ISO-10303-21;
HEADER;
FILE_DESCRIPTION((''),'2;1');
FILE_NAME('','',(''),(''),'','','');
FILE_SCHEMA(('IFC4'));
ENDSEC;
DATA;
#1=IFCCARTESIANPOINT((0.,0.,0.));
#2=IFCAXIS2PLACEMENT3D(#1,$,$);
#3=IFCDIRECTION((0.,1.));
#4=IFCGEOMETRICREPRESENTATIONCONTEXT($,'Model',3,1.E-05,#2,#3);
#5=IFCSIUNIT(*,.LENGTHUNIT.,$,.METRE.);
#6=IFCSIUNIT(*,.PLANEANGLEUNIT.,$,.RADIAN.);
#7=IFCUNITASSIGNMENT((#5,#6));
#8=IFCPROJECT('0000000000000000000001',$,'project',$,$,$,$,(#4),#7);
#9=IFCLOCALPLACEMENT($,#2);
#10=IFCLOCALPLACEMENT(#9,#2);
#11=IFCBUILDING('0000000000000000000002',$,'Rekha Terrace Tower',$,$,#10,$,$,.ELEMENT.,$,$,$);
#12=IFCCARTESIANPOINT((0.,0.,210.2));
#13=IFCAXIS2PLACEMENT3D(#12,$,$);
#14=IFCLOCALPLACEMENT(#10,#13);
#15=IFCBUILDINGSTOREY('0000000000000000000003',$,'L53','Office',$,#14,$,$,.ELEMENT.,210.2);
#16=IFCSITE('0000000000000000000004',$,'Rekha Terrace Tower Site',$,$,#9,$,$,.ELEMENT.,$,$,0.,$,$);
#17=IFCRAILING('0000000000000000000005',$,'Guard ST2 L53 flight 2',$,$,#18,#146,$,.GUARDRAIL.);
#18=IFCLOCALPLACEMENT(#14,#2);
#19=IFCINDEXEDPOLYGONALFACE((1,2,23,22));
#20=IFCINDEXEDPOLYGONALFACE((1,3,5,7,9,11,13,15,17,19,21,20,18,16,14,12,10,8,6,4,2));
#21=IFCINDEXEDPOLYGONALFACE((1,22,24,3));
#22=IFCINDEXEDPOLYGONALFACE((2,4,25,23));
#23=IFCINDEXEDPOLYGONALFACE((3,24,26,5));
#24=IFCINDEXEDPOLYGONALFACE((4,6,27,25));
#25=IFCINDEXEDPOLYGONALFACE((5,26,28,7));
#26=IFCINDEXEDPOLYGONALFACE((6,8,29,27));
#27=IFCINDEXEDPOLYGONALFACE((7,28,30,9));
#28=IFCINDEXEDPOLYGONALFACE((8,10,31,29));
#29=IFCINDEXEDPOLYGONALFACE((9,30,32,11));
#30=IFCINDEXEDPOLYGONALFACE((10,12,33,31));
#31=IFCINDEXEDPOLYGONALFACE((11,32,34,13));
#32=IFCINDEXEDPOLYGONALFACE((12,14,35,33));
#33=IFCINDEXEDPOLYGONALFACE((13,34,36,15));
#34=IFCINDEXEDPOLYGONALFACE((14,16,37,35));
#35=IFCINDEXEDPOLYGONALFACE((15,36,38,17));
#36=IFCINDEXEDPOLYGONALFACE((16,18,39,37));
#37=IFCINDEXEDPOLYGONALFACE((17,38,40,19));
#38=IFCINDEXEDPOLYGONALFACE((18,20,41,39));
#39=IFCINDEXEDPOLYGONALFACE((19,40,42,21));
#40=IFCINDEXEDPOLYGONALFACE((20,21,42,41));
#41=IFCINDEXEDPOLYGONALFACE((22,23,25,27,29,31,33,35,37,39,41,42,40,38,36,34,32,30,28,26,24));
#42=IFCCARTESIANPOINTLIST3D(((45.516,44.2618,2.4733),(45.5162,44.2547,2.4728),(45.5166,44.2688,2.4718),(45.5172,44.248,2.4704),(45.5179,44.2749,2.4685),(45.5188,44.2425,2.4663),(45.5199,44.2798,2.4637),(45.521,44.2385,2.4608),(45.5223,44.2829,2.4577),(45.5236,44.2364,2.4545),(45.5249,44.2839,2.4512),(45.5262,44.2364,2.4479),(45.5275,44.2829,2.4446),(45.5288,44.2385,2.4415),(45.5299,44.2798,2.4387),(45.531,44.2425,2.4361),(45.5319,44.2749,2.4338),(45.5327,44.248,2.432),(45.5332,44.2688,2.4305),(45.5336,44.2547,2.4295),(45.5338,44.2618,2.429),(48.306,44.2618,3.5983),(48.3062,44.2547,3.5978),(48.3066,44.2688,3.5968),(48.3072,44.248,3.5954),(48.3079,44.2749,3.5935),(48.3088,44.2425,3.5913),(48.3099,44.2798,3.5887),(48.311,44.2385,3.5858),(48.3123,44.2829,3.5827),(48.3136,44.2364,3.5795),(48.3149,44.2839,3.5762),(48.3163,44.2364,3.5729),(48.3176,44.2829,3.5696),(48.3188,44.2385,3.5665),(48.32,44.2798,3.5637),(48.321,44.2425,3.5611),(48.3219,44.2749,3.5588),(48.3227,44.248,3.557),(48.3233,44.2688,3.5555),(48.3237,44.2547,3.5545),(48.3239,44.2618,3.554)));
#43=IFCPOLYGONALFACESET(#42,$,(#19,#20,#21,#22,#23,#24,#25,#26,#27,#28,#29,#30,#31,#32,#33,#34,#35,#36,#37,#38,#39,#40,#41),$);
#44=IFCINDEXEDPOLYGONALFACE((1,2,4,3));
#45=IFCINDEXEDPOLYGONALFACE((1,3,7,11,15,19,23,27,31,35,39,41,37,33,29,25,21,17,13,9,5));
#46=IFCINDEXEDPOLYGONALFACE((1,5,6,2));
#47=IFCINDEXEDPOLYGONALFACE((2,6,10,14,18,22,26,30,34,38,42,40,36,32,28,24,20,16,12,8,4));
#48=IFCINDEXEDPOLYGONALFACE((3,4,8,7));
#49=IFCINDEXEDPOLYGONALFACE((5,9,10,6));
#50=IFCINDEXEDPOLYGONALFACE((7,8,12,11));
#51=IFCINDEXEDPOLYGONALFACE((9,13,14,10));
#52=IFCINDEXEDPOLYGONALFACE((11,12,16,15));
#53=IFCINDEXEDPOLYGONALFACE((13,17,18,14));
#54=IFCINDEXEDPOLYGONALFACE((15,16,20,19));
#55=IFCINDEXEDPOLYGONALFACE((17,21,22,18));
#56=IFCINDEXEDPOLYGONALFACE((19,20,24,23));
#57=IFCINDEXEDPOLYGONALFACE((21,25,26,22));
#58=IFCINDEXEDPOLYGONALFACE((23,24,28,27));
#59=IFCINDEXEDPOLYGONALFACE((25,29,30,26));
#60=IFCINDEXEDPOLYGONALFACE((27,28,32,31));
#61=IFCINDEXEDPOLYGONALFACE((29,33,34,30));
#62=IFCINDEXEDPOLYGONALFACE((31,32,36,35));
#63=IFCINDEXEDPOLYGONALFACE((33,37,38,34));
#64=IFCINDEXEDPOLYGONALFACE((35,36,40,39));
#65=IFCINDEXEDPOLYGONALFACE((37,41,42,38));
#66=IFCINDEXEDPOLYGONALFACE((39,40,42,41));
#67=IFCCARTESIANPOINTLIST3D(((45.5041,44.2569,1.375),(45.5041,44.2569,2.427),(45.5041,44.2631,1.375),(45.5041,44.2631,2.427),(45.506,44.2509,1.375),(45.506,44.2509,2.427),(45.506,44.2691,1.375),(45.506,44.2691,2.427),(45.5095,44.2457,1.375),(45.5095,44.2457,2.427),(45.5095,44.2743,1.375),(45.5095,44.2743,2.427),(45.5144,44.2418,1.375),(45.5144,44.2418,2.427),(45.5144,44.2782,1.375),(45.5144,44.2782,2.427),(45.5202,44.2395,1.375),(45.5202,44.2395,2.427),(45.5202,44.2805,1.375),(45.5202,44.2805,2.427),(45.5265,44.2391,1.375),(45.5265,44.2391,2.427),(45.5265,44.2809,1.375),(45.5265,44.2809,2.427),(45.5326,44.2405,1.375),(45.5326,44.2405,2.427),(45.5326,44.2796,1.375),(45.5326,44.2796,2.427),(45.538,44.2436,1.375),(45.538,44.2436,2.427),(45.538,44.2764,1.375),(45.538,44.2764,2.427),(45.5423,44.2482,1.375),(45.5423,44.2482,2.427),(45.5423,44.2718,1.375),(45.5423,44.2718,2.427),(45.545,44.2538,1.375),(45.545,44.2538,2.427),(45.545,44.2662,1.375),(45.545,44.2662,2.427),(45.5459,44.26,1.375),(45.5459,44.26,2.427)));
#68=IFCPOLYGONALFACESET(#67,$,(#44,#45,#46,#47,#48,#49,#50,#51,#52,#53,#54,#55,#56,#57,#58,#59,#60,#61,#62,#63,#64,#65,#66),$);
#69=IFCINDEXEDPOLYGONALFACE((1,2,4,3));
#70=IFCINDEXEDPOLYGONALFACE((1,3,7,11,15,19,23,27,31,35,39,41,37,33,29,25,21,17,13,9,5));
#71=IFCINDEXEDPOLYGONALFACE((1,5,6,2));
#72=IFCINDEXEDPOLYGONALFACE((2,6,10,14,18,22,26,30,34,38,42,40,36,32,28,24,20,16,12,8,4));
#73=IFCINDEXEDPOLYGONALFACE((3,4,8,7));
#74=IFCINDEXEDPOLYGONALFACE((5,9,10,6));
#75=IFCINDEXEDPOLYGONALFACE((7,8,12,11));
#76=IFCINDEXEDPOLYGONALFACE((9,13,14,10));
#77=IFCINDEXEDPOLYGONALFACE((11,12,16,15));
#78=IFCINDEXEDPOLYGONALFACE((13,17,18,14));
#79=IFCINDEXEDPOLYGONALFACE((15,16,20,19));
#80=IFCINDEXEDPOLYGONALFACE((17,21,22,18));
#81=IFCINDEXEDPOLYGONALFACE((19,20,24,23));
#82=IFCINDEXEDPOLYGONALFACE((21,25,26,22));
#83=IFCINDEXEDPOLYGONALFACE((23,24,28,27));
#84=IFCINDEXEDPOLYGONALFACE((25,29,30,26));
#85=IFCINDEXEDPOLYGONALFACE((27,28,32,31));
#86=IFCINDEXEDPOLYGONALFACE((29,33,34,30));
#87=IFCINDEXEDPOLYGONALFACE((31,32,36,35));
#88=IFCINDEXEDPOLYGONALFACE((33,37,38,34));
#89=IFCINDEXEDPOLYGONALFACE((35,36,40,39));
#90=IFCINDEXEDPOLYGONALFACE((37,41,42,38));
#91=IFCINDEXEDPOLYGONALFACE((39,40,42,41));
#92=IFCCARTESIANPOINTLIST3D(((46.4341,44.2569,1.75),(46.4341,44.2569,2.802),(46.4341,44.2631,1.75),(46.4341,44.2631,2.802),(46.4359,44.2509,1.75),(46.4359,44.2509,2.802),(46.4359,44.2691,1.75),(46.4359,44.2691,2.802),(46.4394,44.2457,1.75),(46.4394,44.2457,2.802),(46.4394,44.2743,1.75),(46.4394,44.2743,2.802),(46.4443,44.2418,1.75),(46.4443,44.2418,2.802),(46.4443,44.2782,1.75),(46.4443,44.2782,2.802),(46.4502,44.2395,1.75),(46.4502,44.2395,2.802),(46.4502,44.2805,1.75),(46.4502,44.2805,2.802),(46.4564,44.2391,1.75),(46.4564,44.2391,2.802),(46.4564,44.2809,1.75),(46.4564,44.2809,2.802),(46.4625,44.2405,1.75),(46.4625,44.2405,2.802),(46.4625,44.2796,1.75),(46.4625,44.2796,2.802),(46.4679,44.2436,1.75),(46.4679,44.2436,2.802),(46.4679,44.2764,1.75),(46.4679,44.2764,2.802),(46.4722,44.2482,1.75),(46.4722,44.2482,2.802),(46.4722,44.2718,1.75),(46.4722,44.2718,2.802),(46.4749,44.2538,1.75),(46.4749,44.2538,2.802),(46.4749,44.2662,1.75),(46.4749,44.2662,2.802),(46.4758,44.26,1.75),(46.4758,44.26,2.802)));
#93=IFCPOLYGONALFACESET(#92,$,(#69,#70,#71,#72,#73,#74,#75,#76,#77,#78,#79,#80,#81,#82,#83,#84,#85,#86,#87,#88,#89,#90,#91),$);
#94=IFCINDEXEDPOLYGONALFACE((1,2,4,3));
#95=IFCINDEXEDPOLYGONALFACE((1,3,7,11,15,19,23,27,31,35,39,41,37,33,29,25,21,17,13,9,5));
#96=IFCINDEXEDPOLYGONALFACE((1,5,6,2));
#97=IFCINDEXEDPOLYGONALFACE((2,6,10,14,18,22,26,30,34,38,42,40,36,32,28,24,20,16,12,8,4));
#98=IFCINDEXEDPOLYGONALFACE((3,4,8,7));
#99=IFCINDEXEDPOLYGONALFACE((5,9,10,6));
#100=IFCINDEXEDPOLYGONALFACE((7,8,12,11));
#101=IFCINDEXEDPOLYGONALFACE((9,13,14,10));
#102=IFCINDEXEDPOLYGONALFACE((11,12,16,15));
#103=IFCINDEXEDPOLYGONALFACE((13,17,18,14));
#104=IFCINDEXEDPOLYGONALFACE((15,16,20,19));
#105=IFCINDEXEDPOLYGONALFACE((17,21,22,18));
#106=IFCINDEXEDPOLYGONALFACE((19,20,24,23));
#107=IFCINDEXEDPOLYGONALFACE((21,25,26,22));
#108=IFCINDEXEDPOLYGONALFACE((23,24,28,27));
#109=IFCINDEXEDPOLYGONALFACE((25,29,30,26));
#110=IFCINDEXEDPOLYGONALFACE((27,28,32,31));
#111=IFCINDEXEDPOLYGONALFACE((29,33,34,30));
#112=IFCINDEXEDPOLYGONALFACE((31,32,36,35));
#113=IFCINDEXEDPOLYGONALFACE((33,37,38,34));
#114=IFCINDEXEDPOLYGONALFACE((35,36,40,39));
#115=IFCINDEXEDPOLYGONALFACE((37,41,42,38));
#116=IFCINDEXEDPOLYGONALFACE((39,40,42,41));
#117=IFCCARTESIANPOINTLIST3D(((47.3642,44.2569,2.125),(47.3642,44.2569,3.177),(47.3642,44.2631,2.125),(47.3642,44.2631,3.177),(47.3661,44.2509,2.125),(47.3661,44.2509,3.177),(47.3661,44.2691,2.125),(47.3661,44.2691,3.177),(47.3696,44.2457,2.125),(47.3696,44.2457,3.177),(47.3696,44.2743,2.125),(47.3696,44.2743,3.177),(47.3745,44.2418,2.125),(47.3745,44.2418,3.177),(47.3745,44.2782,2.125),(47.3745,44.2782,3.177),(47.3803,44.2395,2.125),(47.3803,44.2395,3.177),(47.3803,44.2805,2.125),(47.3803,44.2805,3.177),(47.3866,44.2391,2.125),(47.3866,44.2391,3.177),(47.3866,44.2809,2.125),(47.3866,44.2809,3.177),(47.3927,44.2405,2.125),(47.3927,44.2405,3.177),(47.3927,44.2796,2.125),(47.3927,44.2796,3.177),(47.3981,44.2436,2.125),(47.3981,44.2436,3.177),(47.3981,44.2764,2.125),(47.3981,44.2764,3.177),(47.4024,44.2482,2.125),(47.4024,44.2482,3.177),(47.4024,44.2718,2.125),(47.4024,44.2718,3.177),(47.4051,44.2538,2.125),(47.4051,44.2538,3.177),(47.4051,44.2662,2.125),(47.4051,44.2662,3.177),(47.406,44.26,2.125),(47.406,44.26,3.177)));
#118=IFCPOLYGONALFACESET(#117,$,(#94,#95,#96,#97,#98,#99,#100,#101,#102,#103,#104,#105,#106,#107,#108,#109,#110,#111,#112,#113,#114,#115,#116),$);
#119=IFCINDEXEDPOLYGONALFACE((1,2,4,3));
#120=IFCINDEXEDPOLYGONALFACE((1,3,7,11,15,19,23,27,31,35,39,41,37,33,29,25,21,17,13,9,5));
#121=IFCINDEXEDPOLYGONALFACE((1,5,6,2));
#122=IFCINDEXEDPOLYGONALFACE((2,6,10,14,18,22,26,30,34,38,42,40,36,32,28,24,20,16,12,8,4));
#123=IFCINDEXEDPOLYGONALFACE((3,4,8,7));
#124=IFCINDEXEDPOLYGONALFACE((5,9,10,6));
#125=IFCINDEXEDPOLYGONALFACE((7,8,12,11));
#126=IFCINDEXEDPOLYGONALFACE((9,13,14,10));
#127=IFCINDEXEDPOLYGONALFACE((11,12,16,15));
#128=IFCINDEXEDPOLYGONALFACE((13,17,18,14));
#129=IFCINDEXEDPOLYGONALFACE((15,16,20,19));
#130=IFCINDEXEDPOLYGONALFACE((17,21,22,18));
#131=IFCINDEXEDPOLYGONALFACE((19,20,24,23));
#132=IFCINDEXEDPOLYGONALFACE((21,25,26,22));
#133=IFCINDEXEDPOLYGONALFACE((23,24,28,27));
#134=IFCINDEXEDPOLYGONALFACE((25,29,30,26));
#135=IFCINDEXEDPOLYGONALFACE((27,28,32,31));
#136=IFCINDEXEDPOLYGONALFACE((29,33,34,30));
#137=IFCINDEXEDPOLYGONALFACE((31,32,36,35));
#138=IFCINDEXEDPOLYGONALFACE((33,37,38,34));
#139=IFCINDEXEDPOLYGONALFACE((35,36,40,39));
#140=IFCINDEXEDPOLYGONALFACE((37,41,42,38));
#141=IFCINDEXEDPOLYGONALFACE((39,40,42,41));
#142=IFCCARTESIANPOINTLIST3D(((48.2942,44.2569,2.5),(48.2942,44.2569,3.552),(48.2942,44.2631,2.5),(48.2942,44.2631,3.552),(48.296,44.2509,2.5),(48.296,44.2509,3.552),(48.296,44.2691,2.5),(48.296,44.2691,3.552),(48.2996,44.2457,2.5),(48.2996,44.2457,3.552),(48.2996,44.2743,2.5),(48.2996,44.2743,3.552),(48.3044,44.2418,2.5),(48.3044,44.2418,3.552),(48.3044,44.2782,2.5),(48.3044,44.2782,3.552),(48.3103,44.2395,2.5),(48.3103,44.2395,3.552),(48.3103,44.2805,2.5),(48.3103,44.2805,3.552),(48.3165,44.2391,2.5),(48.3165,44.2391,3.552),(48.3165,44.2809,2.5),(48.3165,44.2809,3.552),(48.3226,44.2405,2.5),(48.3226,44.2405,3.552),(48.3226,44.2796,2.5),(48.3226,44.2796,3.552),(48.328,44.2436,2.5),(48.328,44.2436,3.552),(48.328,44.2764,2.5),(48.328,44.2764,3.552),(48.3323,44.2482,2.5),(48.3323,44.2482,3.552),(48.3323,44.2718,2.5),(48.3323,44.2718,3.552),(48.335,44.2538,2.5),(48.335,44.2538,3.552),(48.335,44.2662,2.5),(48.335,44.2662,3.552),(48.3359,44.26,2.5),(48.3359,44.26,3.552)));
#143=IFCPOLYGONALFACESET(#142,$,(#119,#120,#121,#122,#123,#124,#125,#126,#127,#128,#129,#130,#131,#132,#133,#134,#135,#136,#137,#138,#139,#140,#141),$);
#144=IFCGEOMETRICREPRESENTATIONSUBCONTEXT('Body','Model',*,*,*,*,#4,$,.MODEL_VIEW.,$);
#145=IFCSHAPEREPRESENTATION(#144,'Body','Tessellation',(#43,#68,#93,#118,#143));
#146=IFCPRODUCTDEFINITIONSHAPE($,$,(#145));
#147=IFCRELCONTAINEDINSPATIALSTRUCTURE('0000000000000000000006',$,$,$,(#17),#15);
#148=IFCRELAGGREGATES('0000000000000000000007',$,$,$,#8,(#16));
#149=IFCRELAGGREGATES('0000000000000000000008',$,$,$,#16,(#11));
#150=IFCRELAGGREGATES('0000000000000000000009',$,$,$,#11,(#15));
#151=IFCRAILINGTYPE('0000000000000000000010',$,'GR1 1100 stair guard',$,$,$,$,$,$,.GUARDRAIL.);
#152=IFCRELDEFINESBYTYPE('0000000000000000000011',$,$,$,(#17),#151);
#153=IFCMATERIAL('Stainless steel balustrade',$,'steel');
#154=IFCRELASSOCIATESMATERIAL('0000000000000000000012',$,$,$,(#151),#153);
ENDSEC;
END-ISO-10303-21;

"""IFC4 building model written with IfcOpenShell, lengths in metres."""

from ifc_helpers import new_model, si_unit, direction, frame, origin, origin_2d, place, context, subcontext, project, spatial, circle, extrude, material, type_object, element, save


model = new_model("IFC4")

# Units and contexts
model_context = context("Model", 3, precision=1e-05, world=origin(), true_north=direction((0.0, 1.0)))
body_context = subcontext(model_context, "Body", "Model", "MODEL_VIEW")
ifc_project = project(units=[si_unit("LENGTHUNIT", "METRE"), si_unit("PLANEANGLEUNIT", "RADIAN")], contexts=[model_context])

# Site, building, storey
site_placement = place(None, origin())
site = spatial("IfcSite", under=ifc_project, at=site_placement, Name="Rekha Terrace Tower Site", CompositionType="ELEMENT", RefElevation=0.0)
building_placement = place(site_placement, origin())
building = spatial("IfcBuilding", under=site, at=building_placement, Name="Rekha Terrace Tower", CompositionType="ELEMENT")
storey_placement = place(building_placement, frame((0.0, 0.0, 210.2)))
storey = spatial("IfcBuildingStorey", under=building, at=storey_placement, Name="L53", Description="Office", CompositionType="ELEMENT", Elevation=210.2)

# Railing
ifc_material_1 = material(Name="Stainless steel balustrade", Category="steel")
railing_type_1 = type_object("IfcRailingType", Name="GR1 1100 stair guard", PredefinedType="GUARDRAIL", material=ifc_material_1)
railing_1_placement = place(storey_placement, frame((45.5249, 44.26, 1.375)))
element("IfcRailing", 1, at=railing_1_placement, inside=storey, type_object=railing_type_1, Name="Guard ST2 L53 flight 2", PredefinedType="GUARDRAIL", context=body_context, shape_type="SweptSolid", body=[
    extrude(circle(Radius=0.0239, at=origin_2d()), frame((0.0, 0.0, 1.0762), z_axis=(0.927443, 0.0, 0.373964), x_axis=(0.0, 1.0, 0.0)), (0.0, 0.0, 1.0), 3.0083),
    extrude(circle(Radius=0.021, at=origin_2d()), origin(), (0.0, 0.0, 1.0), 1.052),
    extrude(circle(Radius=0.021, at=origin_2d()), frame((0.9299, 0.0, 0.375)), (0.0, 0.0, 1.0), 1.052),
    extrude(circle(Radius=0.021, at=origin_2d()), frame((1.8601, 0.0, 0.75)), (0.0, 0.0, 1.0), 1.052),
    extrude(circle(Radius=0.021, at=origin_2d()), frame((2.79, 0.0, 1.125)), (0.0, 0.0, 1.0), 1.052),
])

save(model, "model.ifc")
